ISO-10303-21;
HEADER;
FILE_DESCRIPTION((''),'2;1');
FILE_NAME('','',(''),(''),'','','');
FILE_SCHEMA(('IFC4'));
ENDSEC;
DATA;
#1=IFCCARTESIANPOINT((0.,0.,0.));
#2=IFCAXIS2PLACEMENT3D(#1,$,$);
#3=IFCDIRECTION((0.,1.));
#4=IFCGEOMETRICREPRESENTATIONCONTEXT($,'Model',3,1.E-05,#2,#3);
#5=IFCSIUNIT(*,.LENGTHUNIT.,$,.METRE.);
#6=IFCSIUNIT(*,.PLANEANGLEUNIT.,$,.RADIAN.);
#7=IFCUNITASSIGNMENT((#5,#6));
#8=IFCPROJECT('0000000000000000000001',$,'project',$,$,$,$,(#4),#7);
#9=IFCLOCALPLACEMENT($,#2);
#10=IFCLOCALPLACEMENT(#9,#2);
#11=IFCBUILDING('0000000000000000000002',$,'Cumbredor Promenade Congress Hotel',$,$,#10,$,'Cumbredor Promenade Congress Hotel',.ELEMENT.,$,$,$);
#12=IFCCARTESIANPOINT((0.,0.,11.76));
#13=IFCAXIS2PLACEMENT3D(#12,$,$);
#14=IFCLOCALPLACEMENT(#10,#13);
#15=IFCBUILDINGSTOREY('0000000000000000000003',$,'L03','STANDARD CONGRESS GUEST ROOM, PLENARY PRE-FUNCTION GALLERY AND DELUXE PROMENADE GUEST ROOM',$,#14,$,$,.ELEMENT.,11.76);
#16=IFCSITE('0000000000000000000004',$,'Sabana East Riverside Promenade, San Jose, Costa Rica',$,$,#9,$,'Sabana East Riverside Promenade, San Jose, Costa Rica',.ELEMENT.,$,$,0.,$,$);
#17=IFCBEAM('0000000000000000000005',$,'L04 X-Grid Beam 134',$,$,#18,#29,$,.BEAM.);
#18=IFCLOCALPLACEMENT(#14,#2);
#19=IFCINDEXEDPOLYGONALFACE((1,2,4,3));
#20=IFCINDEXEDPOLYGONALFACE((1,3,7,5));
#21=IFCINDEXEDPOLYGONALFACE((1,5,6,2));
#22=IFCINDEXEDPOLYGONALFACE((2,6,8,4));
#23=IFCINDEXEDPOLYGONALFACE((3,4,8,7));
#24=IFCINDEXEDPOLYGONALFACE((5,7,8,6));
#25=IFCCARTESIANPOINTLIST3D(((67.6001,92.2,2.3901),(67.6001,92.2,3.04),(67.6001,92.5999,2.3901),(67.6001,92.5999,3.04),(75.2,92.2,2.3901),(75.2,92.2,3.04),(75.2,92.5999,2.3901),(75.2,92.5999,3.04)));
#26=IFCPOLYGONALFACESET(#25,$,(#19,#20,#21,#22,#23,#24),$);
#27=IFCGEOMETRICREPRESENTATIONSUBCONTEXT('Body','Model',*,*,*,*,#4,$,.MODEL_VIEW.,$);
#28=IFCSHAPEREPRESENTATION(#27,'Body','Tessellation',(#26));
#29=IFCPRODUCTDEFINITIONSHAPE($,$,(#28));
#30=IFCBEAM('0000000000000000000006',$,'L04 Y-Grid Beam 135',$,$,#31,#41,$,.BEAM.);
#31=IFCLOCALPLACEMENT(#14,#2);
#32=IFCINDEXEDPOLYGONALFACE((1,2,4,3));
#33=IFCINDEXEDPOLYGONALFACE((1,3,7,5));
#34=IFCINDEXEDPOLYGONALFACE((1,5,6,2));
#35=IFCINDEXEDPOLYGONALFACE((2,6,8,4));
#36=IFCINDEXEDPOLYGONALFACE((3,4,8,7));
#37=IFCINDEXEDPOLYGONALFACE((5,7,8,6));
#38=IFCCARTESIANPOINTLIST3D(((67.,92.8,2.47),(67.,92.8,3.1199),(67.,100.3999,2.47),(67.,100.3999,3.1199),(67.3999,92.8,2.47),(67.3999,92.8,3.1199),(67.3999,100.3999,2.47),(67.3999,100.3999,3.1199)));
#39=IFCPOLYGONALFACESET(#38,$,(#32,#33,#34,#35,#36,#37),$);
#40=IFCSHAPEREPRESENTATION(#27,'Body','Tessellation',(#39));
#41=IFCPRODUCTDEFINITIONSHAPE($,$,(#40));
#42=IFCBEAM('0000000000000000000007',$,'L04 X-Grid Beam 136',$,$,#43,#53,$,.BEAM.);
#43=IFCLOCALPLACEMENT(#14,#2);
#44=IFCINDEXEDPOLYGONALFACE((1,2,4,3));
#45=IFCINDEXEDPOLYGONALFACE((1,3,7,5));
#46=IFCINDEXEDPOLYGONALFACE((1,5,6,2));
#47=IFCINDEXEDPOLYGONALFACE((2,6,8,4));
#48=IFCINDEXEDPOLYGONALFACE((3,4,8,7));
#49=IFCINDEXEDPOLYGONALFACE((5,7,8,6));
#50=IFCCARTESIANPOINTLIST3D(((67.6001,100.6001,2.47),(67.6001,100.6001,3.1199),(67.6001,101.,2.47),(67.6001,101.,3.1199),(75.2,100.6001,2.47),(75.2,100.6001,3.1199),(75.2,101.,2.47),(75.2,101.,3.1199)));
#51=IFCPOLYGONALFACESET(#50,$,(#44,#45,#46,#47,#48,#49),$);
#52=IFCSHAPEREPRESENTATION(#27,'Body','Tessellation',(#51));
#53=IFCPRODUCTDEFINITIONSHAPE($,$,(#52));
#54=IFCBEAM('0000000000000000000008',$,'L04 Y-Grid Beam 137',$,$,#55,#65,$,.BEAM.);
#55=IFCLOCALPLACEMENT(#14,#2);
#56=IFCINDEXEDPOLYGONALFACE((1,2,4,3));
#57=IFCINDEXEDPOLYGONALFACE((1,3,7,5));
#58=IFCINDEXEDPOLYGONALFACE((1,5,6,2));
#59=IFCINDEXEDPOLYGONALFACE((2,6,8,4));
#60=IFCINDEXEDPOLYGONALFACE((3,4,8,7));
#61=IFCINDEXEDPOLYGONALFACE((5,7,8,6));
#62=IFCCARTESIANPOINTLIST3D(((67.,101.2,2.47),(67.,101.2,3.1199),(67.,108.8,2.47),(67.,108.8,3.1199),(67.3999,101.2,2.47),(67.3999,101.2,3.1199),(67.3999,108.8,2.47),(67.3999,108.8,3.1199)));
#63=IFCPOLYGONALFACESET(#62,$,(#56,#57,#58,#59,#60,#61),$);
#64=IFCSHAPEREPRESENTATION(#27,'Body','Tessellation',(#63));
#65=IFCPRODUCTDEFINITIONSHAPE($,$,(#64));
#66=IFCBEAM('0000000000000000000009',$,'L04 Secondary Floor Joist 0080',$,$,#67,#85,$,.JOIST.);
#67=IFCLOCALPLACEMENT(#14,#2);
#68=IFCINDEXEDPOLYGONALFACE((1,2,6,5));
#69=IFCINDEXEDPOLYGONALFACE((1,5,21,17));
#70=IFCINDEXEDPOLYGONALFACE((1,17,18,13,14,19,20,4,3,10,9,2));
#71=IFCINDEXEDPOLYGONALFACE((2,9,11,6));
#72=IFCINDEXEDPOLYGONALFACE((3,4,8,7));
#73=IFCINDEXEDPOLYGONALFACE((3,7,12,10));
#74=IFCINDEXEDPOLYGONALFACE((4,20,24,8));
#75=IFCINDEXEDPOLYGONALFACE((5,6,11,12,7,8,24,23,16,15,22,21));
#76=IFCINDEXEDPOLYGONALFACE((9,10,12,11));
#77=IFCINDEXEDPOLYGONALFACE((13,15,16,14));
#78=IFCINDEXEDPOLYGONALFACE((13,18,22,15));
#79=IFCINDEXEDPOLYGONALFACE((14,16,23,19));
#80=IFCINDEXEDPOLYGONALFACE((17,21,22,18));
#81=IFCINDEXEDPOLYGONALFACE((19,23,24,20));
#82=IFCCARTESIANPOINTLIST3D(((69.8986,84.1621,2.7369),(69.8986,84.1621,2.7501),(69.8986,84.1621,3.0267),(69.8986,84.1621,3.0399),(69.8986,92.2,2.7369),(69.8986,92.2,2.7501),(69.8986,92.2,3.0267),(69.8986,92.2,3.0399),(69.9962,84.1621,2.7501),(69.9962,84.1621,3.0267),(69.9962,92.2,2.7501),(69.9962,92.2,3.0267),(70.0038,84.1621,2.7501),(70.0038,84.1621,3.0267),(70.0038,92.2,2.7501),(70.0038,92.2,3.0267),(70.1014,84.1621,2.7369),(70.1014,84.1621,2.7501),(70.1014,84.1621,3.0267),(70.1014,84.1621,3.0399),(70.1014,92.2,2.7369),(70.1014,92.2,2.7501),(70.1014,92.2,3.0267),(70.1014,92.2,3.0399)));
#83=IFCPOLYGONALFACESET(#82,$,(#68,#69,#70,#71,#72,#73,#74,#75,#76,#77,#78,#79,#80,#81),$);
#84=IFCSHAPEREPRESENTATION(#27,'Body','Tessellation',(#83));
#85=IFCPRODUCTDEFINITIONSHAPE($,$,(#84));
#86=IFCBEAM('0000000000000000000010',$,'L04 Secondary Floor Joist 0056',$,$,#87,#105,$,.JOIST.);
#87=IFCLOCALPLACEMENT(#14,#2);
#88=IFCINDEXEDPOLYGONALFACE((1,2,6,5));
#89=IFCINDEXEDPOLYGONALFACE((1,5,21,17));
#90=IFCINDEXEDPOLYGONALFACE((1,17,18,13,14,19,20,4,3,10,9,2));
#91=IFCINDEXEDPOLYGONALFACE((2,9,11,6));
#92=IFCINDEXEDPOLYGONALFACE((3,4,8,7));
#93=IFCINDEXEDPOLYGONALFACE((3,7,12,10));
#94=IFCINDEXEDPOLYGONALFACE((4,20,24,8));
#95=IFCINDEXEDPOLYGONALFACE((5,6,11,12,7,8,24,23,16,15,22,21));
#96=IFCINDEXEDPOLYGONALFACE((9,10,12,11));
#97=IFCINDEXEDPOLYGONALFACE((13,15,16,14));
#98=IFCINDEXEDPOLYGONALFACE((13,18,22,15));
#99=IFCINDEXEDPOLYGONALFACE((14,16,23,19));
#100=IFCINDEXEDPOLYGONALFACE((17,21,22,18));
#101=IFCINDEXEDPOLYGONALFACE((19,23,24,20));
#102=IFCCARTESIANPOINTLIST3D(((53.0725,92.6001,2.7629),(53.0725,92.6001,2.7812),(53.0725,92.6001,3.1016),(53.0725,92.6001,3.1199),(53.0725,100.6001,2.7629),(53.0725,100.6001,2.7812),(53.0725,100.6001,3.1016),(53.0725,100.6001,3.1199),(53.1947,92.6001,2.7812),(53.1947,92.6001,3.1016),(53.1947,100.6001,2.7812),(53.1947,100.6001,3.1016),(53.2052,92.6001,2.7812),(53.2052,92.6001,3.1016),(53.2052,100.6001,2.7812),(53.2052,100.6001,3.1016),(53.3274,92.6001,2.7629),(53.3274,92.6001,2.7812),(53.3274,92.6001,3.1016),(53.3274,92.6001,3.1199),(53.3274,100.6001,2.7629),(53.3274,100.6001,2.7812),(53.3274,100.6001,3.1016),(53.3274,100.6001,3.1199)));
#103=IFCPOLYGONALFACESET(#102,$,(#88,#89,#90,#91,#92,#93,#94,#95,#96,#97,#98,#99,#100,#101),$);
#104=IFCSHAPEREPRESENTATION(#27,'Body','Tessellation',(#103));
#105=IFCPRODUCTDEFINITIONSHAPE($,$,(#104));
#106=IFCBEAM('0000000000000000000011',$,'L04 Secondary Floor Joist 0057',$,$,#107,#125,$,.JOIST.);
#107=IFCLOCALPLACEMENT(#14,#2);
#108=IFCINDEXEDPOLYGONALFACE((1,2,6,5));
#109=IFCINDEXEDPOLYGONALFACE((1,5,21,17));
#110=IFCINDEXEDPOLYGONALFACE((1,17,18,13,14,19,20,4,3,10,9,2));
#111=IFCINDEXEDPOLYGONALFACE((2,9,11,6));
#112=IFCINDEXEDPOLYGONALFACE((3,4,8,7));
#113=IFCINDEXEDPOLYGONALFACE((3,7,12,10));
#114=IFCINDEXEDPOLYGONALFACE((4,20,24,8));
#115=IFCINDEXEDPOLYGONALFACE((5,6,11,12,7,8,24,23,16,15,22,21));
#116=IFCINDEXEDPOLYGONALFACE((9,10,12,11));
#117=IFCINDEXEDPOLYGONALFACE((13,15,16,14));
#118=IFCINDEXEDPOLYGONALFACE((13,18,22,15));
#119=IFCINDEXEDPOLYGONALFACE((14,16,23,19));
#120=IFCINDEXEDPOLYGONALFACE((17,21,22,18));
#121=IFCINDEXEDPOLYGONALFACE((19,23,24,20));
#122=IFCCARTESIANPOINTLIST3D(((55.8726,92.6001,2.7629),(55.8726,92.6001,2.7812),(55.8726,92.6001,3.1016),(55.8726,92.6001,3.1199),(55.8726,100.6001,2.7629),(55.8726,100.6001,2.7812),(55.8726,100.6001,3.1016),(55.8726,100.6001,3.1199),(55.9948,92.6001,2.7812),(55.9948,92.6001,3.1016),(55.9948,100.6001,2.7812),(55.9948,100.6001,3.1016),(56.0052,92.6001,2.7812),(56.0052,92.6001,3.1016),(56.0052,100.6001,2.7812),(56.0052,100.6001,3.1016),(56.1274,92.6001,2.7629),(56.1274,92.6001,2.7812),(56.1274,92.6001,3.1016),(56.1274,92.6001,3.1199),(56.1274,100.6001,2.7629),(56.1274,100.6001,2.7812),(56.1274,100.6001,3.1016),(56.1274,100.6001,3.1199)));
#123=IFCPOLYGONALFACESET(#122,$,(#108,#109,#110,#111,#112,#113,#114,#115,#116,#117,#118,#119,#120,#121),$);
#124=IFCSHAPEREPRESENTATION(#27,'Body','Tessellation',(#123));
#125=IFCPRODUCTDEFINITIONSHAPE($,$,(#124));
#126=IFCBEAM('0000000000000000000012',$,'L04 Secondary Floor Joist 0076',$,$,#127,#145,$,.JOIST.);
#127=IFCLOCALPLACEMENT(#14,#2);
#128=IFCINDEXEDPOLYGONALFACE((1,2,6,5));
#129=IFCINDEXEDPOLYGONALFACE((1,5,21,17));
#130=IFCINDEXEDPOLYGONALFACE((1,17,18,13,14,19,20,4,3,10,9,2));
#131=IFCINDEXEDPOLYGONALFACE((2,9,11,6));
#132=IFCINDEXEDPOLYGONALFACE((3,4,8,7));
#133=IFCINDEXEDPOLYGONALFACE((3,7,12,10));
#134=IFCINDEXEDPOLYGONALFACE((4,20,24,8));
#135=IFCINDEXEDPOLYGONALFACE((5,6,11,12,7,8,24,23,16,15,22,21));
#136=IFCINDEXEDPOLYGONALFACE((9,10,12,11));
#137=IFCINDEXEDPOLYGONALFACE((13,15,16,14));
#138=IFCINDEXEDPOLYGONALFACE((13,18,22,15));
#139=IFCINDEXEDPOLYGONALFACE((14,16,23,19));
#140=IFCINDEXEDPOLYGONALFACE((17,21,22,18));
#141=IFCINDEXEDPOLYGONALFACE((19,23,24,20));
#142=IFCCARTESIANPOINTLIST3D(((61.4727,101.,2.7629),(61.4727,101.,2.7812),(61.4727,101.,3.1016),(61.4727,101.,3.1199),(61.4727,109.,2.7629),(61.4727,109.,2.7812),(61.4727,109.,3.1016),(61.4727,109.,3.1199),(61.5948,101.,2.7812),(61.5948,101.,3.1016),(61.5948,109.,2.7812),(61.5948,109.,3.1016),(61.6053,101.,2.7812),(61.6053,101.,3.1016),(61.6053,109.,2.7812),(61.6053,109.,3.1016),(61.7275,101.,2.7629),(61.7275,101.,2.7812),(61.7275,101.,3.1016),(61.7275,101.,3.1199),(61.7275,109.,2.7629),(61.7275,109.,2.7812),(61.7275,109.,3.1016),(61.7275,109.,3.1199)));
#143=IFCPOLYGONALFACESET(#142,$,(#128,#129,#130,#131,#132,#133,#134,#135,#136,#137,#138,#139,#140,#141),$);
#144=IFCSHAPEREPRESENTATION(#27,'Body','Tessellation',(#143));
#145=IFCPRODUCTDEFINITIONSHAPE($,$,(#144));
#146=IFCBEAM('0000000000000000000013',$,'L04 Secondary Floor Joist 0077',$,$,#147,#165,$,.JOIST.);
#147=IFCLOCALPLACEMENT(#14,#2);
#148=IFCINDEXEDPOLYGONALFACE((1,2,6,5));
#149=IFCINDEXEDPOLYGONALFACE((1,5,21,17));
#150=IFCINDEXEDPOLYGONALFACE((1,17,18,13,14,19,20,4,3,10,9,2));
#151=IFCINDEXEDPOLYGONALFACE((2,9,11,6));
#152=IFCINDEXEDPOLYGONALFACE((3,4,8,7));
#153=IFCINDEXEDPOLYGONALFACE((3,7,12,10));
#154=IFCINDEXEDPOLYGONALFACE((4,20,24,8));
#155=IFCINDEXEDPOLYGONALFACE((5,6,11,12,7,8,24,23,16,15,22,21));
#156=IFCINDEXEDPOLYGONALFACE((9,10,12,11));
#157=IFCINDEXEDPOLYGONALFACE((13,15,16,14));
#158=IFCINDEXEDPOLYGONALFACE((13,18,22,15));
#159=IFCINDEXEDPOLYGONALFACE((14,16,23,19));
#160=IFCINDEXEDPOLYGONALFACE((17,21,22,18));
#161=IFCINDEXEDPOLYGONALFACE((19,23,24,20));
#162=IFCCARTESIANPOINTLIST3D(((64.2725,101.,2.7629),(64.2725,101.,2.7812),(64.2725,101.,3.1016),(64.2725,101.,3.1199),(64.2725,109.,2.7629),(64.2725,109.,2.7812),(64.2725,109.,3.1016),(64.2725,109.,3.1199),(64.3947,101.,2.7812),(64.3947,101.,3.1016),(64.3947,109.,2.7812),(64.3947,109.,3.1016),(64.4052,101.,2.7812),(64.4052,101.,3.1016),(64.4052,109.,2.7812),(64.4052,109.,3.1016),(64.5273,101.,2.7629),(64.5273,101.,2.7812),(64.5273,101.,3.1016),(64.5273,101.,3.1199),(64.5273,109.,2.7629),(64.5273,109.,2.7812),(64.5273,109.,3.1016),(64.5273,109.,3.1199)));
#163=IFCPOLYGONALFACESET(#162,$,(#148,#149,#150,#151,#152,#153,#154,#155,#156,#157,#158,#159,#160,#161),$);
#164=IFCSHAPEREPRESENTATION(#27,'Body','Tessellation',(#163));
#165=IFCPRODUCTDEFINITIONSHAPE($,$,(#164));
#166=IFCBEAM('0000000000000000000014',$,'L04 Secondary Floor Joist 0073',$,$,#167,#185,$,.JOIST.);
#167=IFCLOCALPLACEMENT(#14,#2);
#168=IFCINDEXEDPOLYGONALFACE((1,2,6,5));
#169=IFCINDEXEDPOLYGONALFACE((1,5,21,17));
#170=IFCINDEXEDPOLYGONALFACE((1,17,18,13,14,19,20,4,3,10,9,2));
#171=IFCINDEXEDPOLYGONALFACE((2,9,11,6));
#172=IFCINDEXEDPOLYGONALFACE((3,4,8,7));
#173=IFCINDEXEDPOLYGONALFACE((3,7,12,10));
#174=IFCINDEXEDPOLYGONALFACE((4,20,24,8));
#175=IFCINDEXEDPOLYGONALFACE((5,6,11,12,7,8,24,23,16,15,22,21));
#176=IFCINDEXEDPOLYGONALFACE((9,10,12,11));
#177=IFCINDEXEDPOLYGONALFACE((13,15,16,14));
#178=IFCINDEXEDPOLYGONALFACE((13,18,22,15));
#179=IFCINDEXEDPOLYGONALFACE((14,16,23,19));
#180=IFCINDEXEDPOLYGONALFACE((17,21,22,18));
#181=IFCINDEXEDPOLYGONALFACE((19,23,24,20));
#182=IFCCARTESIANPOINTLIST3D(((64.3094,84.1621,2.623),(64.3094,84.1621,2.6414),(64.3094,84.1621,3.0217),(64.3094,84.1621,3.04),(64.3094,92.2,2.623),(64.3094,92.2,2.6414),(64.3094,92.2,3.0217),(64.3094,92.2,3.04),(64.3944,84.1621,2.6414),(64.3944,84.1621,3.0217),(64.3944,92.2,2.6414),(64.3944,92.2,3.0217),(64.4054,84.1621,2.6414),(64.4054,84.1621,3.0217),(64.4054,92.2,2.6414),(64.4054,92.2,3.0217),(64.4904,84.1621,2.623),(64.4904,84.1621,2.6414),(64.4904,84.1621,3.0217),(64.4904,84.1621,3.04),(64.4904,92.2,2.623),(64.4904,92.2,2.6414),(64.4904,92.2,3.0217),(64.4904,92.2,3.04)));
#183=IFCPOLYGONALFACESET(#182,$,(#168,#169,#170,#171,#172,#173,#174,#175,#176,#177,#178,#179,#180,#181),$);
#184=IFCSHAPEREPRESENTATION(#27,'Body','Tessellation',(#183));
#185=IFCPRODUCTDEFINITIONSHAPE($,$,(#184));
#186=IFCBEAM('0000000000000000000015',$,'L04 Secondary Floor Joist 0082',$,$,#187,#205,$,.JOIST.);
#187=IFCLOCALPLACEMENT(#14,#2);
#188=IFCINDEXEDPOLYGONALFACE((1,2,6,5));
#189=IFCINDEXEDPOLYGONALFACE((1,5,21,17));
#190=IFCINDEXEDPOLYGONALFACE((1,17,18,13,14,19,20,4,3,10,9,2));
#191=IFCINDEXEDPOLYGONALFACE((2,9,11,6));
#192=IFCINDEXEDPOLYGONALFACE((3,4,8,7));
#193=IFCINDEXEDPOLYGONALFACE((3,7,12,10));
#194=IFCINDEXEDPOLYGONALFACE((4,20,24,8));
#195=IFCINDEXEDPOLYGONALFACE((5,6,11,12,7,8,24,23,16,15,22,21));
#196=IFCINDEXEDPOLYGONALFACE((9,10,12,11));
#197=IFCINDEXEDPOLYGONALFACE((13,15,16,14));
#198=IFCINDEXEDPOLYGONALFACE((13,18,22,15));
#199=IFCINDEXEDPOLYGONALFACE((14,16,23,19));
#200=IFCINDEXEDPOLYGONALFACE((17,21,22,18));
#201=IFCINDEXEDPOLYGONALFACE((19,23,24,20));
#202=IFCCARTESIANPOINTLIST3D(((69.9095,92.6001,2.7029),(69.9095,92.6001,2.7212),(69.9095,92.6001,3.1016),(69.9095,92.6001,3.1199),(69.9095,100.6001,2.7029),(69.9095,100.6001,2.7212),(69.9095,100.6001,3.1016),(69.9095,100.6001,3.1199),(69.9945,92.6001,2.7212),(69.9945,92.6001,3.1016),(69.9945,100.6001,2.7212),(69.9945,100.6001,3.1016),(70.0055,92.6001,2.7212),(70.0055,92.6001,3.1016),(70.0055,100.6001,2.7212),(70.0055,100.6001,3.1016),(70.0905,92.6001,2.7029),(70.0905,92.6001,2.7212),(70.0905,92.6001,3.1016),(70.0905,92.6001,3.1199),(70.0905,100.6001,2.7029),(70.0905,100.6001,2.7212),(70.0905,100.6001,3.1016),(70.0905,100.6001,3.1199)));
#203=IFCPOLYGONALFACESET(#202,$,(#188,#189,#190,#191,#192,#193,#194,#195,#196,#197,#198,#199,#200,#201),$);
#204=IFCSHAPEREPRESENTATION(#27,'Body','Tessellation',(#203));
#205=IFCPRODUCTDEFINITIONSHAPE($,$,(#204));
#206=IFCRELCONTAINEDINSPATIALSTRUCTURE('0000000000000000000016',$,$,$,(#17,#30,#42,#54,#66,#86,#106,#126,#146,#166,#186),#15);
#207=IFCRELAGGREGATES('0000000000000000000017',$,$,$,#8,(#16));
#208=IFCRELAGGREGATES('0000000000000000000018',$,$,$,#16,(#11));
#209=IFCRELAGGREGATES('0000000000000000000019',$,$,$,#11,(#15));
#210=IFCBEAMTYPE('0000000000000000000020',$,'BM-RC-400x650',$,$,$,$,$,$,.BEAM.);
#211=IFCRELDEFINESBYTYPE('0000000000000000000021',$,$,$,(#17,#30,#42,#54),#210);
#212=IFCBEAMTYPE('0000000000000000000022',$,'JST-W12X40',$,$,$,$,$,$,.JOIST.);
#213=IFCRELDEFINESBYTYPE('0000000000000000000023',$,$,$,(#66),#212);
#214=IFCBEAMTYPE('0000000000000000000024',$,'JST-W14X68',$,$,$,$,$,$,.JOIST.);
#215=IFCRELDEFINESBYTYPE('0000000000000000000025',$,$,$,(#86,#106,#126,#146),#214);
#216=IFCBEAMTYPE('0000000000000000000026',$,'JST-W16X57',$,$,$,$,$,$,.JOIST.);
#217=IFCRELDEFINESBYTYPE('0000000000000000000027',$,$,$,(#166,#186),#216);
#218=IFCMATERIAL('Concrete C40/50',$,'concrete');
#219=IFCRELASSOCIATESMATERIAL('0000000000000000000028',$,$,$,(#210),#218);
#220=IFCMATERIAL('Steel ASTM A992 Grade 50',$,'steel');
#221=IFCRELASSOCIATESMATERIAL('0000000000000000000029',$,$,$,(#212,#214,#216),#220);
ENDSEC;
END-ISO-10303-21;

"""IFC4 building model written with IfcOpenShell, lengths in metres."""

from ifc_helpers import new_model, si_unit, direction, frame, origin, origin_2d, place, context, subcontext, project, spatial, rectangle, i_section, extrude, material, material_profile, profile_set, type_object, element, save


model = new_model("IFC4")

# Units and contexts
model_context = context("Model", 3, precision=1e-05, world=origin(), true_north=direction((0.0, 1.0)))
body_context = subcontext(model_context, "Body", "Model", "MODEL_VIEW")
ifc_project = project(units=[si_unit("LENGTHUNIT", "METRE"), si_unit("PLANEANGLEUNIT", "RADIAN")], contexts=[model_context])

# Site, building, storey
site_placement = place(None, origin())
site = spatial("IfcSite", under=ifc_project, at=site_placement, Name="Sabana East Riverside Promenade, San Jose, Costa Rica", LongName="Sabana East Riverside Promenade, San Jose, Costa Rica", CompositionType="ELEMENT", RefElevation=0.0)
building_placement = place(site_placement, origin())
building = spatial("IfcBuilding", under=site, at=building_placement, Name="Cumbredor Promenade Congress Hotel", LongName="Cumbredor Promenade Congress Hotel", CompositionType="ELEMENT")
storey_placement = place(building_placement, frame((0.0, 0.0, 11.76)))
storey = spatial("IfcBuildingStorey", under=building, at=storey_placement, Name="L03", Description="STANDARD CONGRESS GUEST ROOM, PLENARY PRE-FUNCTION GALLERY AND DELUXE PROMENADE GUEST ROOM", CompositionType="ELEMENT", Elevation=11.76)

# Beams
ifc_material_1 = material(Name="Concrete C40/50", Category="concrete")
ifc_material_profile_1 = material_profile(ifc_material_1, rectangle(XDim=0.3999, YDim=0.6499, at=origin_2d()), Name="RC BEAM 400x650")
ifc_profile_set_1 = profile_set([ifc_material_profile_1], Name="Concrete C40/50")
beam_type_1 = type_object("IfcBeamType", Name="BM-RC-400x650", PredefinedType="BEAM", material=ifc_profile_set_1)
for number, where, z_axis, x_axis, name in (
    (1, (67.6001, 92.3999, 2.7151), (1.0, 0.0, 0.0), (0.0, 1.0, 0.0), "L04 X-Grid Beam 134"),
    (2, (67.2, 92.8, 2.7949), (0.0, 1.0, 0.0), (-1.0, 0.0, 0.0), "L04 Y-Grid Beam 135"),
    (3, (67.6001, 100.8, 2.7949), (1.0, 0.0, 0.0), (0.0, 1.0, 0.0), "L04 X-Grid Beam 136"),
):
    element("IfcBeam", number, at=place(storey_placement, frame(where, z_axis=z_axis, x_axis=x_axis)), inside=storey, type_object=beam_type_1, Name=name, PredefinedType="BEAM", context=body_context, shape_type="SweptSolid", body=[
        extrude(rectangle(XDim=0.3999, YDim=0.6499, at=origin_2d()), origin(), (0.0, 0.0, 1.0), 7.5999),
    ])
beam_1_placement = place(storey_placement, frame((67.2, 101.2, 2.7949), z_axis=(0.0, 1.0, 0.0), x_axis=(-1.0, 0.0, 0.0)))
element("IfcBeam", 4, at=beam_1_placement, inside=storey, type_object=beam_type_1, Name="L04 Y-Grid Beam 137", PredefinedType="BEAM", context=body_context, shape_type="SweptSolid", body=[
    extrude(rectangle(XDim=0.3999, YDim=0.6499, at=origin_2d()), origin(), (0.0, 0.0, 1.0), 7.6001),
])
ifc_material_2 = material(Name="Steel ASTM A992 Grade 50", Category="steel")
ifc_material_profile_2 = material_profile(ifc_material_2, i_section(OverallWidth=0.2029, OverallDepth=0.303, WebThickness=0.0076, FlangeThickness=0.0132, at=origin_2d()), Name="W12X40")
ifc_profile_set_2 = profile_set([ifc_material_profile_2], Name="Steel ASTM A992 Grade 50")
beam_type_2 = type_object("IfcBeamType", Name="JST-W12X40", PredefinedType="JOIST", material=ifc_profile_set_2)
beam_2_placement = place(storey_placement, frame((70.0, 84.1621, 2.8884), z_axis=(0.0, 1.0, 0.0), x_axis=(-1.0, 0.0, 0.0)))
element("IfcBeam", 5, at=beam_2_placement, inside=storey, type_object=beam_type_2, Name="L04 Secondary Floor Joist 0080", PredefinedType="JOIST", context=body_context, shape_type="SweptSolid", body=[
    extrude(i_section(OverallWidth=0.2029, OverallDepth=0.303, WebThickness=0.0076, FlangeThickness=0.0132, at=origin_2d()), origin(), (0.0, 0.0, 1.0), 8.0378),
])
ifc_material_profile_3 = material_profile(ifc_material_2, i_section(OverallWidth=0.2549, OverallDepth=0.3569, WebThickness=0.0105, FlangeThickness=0.0183, at=origin_2d()), Name="W14X68")
ifc_profile_set_3 = profile_set([ifc_material_profile_3], Name="Steel ASTM A992 Grade 50")
beam_type_3 = type_object("IfcBeamType", Name="JST-W14X68", PredefinedType="JOIST", material=ifc_profile_set_3)
for number, where, z_axis, x_axis, name in (
    (6, (53.2, 92.6001, 2.9414), (0.0, 1.0, 0.0), (-1.0, 0.0, 0.0), "L04 Secondary Floor Joist 0056"),
    (7, (56.0, 92.6001, 2.9414), (0.0, 1.0, 0.0), (-1.0, 0.0, 0.0), "L04 Secondary Floor Joist 0057"),
    (8, (61.6001, 101.0, 2.9414), (0.0, 1.0, 0.0), (-1.0, 0.0, 0.0), "L04 Secondary Floor Joist 0076"),
    (9, (64.3999, 101.0, 2.9414), (0.0, 1.0, 0.0), (-1.0, 0.0, 0.0), "L04 Secondary Floor Joist 0077"),
):
    element("IfcBeam", number, at=place(storey_placement, frame(where, z_axis=z_axis, x_axis=x_axis)), inside=storey, type_object=beam_type_3, Name=name, PredefinedType="JOIST", context=body_context, shape_type="SweptSolid", body=[
        extrude(i_section(OverallWidth=0.2549, OverallDepth=0.3569, WebThickness=0.0105, FlangeThickness=0.0183, at=origin_2d()), origin(), (0.0, 0.0, 1.0), 8.0),
    ])
ifc_material_profile_4 = material_profile(ifc_material_2, i_section(OverallWidth=0.1809, OverallDepth=0.417, WebThickness=0.011, FlangeThickness=0.0183, at=origin_2d()), Name="W16X57")
ifc_profile_set_4 = profile_set([ifc_material_profile_4], Name="Steel ASTM A992 Grade 50")
beam_type_4 = type_object("IfcBeamType", Name="JST-W16X57", PredefinedType="JOIST", material=ifc_profile_set_4)
beam_3_placement = place(storey_placement, frame((64.3999, 84.1621, 2.8315), z_axis=(0.0, 1.0, 0.0), x_axis=(-1.0, 0.0, 0.0)))
element("IfcBeam", 10, at=beam_3_placement, inside=storey, type_object=beam_type_4, Name="L04 Secondary Floor Joist 0073", PredefinedType="JOIST", context=body_context, shape_type="SweptSolid", body=[
    extrude(i_section(OverallWidth=0.1809, OverallDepth=0.417, WebThickness=0.011, FlangeThickness=0.0183, at=origin_2d()), origin(), (0.0, 0.0, 1.0), 8.0378),
])
beam_4_placement = place(storey_placement, frame((70.0, 92.6001, 2.9114), z_axis=(0.0, 1.0, 0.0), x_axis=(-1.0, 0.0, 0.0)))
element("IfcBeam", 11, at=beam_4_placement, inside=storey, type_object=beam_type_4, Name="L04 Secondary Floor Joist 0082", PredefinedType="JOIST", context=body_context, shape_type="SweptSolid", body=[
    extrude(i_section(OverallWidth=0.1809, OverallDepth=0.417, WebThickness=0.011, FlangeThickness=0.0183, at=origin_2d()), origin(), (0.0, 0.0, 1.0), 8.0),
])

save(model, "model.ifc")
